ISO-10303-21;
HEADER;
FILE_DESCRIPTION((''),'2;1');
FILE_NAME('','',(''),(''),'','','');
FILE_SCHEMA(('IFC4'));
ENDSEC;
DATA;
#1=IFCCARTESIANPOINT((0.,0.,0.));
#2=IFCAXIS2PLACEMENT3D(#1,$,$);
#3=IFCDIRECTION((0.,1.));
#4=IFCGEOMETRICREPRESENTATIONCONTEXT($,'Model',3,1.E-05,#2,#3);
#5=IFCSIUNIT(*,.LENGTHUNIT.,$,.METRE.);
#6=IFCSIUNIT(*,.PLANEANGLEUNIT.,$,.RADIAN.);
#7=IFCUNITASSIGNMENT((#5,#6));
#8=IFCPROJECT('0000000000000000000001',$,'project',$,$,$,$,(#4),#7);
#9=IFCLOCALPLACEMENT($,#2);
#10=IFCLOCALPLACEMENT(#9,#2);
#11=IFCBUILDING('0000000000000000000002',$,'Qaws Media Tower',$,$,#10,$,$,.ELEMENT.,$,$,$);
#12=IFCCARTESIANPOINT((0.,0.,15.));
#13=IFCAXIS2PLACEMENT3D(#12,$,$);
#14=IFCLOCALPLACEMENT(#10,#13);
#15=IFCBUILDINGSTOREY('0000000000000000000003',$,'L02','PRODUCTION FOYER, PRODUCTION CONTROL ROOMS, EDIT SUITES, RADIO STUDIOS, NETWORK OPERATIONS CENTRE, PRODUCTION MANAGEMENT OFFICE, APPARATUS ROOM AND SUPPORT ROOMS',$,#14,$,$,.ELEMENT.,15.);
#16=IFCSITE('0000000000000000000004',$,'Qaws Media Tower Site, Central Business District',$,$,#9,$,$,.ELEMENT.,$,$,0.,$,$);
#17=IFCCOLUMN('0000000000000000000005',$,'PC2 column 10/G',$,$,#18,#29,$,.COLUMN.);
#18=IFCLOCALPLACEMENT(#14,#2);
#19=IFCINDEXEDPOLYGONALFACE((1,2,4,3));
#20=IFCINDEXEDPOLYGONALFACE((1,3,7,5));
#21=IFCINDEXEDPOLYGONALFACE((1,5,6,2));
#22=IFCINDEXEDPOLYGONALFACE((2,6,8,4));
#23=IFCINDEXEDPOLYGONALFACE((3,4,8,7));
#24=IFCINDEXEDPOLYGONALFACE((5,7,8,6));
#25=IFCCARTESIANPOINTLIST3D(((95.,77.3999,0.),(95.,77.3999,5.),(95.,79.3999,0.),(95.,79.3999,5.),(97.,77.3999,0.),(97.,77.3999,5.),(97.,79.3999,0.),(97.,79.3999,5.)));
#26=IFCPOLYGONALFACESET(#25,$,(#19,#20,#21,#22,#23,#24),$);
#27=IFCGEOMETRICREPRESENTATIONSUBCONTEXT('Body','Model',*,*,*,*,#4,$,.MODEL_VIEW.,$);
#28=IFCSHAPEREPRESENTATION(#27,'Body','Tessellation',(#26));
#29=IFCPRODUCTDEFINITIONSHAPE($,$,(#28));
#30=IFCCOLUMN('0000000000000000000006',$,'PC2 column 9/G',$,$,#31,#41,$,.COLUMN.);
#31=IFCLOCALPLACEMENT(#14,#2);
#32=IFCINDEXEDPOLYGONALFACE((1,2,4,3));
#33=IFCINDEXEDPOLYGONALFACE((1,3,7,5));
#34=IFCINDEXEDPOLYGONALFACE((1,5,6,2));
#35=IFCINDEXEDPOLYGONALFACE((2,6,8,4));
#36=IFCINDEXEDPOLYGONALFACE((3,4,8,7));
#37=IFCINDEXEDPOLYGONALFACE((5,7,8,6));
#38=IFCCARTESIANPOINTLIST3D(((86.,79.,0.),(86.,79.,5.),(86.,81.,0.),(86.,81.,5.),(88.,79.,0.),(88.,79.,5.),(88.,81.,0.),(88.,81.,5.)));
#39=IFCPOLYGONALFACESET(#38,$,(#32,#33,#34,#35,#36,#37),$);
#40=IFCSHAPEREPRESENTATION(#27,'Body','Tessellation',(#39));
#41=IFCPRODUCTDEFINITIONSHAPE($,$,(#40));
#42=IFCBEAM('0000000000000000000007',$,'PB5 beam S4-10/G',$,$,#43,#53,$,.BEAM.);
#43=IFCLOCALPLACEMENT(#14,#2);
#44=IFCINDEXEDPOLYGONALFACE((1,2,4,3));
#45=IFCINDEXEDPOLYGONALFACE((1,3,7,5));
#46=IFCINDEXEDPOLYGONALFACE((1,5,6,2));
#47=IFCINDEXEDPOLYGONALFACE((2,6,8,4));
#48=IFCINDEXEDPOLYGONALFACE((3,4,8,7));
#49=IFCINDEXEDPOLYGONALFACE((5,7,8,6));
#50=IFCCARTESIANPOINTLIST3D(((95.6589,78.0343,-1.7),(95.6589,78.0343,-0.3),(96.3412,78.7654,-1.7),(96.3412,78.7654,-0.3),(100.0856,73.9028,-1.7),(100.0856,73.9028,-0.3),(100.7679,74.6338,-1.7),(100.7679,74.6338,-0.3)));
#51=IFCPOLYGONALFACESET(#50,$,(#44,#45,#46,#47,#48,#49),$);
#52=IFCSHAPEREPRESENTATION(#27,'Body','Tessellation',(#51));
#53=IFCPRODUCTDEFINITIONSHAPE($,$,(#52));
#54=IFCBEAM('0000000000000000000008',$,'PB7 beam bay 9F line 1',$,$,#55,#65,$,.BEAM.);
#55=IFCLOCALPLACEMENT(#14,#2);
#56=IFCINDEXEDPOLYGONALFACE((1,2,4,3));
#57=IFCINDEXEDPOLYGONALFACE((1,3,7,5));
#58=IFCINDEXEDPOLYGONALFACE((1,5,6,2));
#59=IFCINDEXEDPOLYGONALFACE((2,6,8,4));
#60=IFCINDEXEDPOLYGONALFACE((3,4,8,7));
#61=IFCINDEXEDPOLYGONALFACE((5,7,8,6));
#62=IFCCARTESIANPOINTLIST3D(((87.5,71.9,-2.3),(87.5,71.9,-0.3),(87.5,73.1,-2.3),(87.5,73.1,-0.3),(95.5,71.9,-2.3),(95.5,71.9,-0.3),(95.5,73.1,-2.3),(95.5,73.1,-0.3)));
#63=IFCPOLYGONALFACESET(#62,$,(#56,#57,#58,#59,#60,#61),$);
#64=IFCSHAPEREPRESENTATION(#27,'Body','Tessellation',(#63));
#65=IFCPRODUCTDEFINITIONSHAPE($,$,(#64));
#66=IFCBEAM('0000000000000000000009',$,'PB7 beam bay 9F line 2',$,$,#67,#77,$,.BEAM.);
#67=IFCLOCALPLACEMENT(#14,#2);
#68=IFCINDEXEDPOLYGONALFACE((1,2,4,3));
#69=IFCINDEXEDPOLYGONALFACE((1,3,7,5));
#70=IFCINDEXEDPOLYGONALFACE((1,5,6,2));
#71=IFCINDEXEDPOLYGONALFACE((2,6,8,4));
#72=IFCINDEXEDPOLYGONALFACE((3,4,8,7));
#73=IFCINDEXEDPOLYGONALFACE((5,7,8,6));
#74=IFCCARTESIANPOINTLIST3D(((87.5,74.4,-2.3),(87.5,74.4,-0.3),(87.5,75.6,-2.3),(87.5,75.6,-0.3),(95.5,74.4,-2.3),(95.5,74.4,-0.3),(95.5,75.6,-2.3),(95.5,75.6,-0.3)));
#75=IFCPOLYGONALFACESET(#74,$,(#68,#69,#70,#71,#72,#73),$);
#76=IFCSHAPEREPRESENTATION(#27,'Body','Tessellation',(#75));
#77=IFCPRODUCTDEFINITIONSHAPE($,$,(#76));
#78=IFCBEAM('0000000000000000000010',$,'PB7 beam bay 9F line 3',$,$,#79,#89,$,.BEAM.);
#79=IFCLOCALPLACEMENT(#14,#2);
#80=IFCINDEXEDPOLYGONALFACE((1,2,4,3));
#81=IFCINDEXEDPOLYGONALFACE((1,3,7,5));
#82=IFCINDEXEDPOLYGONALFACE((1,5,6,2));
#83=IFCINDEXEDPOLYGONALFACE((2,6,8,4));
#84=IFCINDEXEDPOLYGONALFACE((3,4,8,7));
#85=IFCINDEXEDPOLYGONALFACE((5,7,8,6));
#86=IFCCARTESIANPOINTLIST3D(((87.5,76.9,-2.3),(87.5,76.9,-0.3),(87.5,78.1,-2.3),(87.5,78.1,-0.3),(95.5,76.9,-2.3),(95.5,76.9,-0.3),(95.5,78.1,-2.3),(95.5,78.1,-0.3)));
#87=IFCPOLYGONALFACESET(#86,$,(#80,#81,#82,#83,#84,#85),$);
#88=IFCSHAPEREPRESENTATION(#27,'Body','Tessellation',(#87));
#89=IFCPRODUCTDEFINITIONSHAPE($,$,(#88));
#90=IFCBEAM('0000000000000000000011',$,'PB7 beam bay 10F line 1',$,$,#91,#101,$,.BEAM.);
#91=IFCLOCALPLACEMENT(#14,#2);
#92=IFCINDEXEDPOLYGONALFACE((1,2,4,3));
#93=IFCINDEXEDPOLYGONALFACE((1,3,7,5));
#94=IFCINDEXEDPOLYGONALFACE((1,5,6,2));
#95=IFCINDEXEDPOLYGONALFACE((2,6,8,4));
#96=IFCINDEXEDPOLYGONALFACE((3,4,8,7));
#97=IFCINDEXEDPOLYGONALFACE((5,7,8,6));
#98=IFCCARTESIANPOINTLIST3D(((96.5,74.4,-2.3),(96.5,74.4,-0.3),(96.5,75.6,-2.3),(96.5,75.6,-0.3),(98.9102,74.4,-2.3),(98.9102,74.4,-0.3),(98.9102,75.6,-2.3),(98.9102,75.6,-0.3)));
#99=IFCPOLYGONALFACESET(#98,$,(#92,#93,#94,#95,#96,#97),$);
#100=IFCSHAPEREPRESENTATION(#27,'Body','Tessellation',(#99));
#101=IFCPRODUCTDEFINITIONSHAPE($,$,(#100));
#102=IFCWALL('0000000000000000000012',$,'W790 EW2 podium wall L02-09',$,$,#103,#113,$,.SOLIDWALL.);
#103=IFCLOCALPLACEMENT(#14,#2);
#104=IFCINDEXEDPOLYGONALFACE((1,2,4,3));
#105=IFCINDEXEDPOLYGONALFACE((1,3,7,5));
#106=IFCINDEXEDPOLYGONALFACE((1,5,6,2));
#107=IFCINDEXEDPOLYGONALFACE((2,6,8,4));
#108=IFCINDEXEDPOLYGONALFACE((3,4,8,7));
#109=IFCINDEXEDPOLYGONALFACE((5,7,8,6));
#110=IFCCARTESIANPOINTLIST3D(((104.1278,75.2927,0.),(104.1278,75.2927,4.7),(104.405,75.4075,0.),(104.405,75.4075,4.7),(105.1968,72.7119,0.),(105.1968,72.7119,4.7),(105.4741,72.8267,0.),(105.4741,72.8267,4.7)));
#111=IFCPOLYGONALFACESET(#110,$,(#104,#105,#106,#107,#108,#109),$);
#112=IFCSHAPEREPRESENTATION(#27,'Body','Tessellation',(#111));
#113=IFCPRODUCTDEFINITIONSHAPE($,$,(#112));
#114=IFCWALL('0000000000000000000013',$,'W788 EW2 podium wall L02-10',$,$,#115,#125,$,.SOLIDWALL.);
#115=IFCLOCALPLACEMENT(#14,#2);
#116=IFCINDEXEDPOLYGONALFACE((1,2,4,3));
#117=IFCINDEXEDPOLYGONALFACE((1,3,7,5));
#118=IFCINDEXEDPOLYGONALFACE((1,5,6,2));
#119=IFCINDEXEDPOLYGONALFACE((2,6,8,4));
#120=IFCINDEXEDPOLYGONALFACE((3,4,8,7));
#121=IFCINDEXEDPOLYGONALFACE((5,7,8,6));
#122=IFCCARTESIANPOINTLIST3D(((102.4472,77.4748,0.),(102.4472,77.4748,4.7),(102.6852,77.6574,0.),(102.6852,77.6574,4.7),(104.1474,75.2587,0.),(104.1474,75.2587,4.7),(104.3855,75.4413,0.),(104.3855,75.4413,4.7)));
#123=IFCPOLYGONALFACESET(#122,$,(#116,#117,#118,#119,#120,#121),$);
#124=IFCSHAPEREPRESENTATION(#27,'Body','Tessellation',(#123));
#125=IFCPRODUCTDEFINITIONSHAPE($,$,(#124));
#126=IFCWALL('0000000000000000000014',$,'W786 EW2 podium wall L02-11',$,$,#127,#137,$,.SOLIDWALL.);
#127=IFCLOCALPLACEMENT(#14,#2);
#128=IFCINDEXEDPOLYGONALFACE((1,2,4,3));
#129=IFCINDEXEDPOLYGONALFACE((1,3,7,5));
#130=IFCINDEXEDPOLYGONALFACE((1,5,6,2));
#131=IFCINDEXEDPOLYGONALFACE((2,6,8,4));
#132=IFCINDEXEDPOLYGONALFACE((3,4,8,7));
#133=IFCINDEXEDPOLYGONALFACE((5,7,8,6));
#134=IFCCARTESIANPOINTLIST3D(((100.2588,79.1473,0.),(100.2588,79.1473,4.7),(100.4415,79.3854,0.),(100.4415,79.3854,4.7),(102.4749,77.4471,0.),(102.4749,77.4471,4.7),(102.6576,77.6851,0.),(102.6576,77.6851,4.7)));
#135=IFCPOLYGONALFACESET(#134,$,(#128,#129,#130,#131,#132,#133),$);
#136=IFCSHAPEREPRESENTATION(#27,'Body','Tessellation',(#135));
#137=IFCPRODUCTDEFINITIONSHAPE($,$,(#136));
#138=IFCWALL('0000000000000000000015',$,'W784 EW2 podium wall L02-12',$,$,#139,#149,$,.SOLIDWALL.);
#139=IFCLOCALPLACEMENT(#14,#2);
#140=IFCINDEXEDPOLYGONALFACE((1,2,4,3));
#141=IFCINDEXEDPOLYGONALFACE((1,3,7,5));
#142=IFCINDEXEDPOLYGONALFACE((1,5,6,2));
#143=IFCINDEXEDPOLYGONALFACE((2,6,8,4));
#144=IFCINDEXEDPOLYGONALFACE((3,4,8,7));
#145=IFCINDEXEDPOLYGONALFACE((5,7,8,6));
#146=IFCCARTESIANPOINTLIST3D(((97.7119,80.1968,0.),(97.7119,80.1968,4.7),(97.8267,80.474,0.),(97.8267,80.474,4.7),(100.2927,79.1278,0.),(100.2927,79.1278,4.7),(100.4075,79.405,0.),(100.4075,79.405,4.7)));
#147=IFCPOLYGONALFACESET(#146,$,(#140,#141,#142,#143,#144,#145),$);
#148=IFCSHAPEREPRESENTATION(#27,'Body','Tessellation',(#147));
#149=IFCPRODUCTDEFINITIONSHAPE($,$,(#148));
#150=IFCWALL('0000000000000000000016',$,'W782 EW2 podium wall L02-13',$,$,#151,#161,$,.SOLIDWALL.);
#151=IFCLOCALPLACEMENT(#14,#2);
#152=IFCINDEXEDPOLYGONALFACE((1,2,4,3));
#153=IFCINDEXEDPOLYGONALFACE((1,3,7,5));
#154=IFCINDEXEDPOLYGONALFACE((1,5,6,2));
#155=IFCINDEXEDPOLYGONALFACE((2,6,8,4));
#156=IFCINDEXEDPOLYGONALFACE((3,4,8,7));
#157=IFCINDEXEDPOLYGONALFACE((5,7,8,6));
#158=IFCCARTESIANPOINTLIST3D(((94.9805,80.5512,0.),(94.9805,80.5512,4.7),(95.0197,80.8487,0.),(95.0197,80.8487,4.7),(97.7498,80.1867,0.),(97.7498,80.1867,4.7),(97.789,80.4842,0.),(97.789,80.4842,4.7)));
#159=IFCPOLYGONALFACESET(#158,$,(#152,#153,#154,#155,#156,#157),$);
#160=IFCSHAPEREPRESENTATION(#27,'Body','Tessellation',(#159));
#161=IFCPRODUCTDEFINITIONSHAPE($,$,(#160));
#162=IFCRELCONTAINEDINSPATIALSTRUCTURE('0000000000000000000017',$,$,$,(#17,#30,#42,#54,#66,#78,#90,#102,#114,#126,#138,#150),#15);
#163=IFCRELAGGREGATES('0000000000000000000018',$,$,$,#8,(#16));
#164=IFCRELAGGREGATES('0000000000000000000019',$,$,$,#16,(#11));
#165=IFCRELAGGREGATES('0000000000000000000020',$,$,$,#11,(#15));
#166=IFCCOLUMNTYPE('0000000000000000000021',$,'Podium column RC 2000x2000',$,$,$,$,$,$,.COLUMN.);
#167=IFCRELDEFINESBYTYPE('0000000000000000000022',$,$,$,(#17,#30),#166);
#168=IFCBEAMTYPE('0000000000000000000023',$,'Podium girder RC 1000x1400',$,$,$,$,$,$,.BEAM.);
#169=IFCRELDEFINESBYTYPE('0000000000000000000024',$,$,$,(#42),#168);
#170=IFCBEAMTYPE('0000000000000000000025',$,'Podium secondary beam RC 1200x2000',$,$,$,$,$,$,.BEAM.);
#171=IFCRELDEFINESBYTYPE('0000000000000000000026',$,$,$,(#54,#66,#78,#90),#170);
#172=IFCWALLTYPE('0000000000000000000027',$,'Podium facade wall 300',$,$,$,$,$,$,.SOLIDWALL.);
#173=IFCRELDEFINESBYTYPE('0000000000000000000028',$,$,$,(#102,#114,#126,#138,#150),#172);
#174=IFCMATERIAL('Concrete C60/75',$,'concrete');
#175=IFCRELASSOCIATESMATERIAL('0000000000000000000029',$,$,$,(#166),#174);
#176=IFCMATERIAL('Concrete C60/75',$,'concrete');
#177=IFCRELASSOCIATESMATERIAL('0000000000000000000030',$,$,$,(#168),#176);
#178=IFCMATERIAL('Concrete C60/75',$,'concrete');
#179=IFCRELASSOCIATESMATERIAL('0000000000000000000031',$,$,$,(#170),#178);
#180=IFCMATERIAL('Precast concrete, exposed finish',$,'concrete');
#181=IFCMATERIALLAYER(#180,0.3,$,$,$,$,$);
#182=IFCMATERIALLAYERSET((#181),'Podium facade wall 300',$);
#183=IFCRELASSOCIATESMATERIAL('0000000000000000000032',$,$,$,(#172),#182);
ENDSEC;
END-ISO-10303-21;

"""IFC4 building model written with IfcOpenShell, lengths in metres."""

from ifc_helpers import new_model, si_unit, direction, frame, frame_2d, origin, origin_2d, place, context, subcontext, project, spatial, rectangle, extrude, material, layer, layer_set, material_profile, profile_set, type_object, element, save


model = new_model("IFC4")

# Units and contexts
model_context = context("Model", 3, precision=1e-05, world=origin(), true_north=direction((0.0, 1.0)))
body_context = subcontext(model_context, "Body", "Model", "MODEL_VIEW")
ifc_project = project(units=[si_unit("LENGTHUNIT", "METRE"), si_unit("PLANEANGLEUNIT", "RADIAN")], contexts=[model_context])

# Site, building, storey
site_placement = place(None, origin())
site = spatial("IfcSite", under=ifc_project, at=site_placement, Name="Qaws Media Tower Site, Central Business District", CompositionType="ELEMENT", RefElevation=0.0)
building_placement = place(site_placement, origin())
building = spatial("IfcBuilding", under=site, at=building_placement, Name="Qaws Media Tower", CompositionType="ELEMENT")
storey_placement = place(building_placement, frame((0.0, 0.0, 15.0)))
storey = spatial("IfcBuildingStorey", under=building, at=storey_placement, Name="L02", Description="PRODUCTION FOYER, PRODUCTION CONTROL ROOMS, EDIT SUITES, RADIO STUDIOS, NETWORK OPERATIONS CENTRE, PRODUCTION MANAGEMENT OFFICE, APPARATUS ROOM AND SUPPORT ROOMS", CompositionType="ELEMENT", Elevation=15.0)

# Columns
ifc_material_1 = material(Name="Concrete C60/75", Category="concrete")
ifc_material_profile_1 = material_profile(ifc_material_1, rectangle(XDim=2.0, YDim=2.0, at=origin_2d()), Name="RC 2000x2000")
ifc_profile_set_1 = profile_set([ifc_material_profile_1], Name="Concrete C60/75")
column_type = type_object("IfcColumnType", Name="Podium column RC 2000x2000", PredefinedType="COLUMN", material=ifc_profile_set_1)
for number, where, z_axis, x_axis, name in (
    (1, (96.0, 78.3999, 0.0), (0.0, 0.0, 1.0), (1.0, 0.0, 0.0), "PC2 column 10/G"),
    (2, (87.0, 80.0, 0.0), (0.0, 0.0, 1.0), (1.0, 0.0, 0.0), "PC2 column 9/G"),
):
    element("IfcColumn", number, at=place(storey_placement, frame(where, z_axis=z_axis, x_axis=x_axis)), inside=storey, type_object=column_type, Name=name, PredefinedType="COLUMN", context=body_context, shape_type="SweptSolid", body=[
        extrude(rectangle(XDim=2.0, YDim=2.0, at=origin_2d()), origin(), (0.0, 0.0, 1.0), 5.0),
    ])

# Beams
ifc_material_2 = material(Name="Concrete C60/75", Category="concrete")
ifc_material_profile_2 = material_profile(ifc_material_2, rectangle(XDim=1.0, YDim=1.3999, at=origin_2d()), Name="RC 1000x1400")
ifc_profile_set_2 = profile_set([ifc_material_profile_2], Name="Concrete C60/75")
beam_type_1 = type_object("IfcBeamType", Name="Podium girder RC 1000x1400", PredefinedType="BEAM", material=ifc_profile_set_2)
beam_1_placement = place(storey_placement, frame((100.4268, 74.2683, -1.0), z_axis=(-0.731059, 0.682314, 0.0), x_axis=(-0.682314, -0.731059, 0.0)))
element("IfcBeam", 3, at=beam_1_placement, inside=storey, type_object=beam_type_1, Name="PB5 beam S4-10/G", PredefinedType="BEAM", context=body_context, shape_type="SweptSolid", body=[
    extrude(rectangle(XDim=1.0, YDim=1.3999, at=origin_2d()), origin(), (0.0, 0.0, 1.0), 6.0552),
])
ifc_material_3 = material(Name="Concrete C60/75", Category="concrete")
ifc_material_profile_3 = material_profile(ifc_material_3, rectangle(XDim=1.2, YDim=2.0, at=origin_2d()), Name="RC 1200x2000")
ifc_profile_set_3 = profile_set([ifc_material_profile_3], Name="Concrete C60/75")
beam_type_2 = type_object("IfcBeamType", Name="Podium secondary beam RC 1200x2000", PredefinedType="BEAM", material=ifc_profile_set_3)
for number, where, z_axis, x_axis, name in (
    (4, (87.5, 72.5, -1.3), (1.0, 0.0, 0.0), (0.0, 1.0, 0.0), "PB7 beam bay 9F line 1"),
    (5, (87.5, 75.0, -1.3), (1.0, 0.0, 0.0), (0.0, 1.0, 0.0), "PB7 beam bay 9F line 2"),
    (6, (87.5, 77.5, -1.3), (1.0, 0.0, 0.0), (0.0, 1.0, 0.0), "PB7 beam bay 9F line 3"),
):
    element("IfcBeam", number, at=place(storey_placement, frame(where, z_axis=z_axis, x_axis=x_axis)), inside=storey, type_object=beam_type_2, Name=name, PredefinedType="BEAM", context=body_context, shape_type="SweptSolid", body=[
        extrude(rectangle(XDim=1.2, YDim=2.0, at=origin_2d()), origin(), (0.0, 0.0, 1.0), 8.0),
    ])
beam_2_placement = place(storey_placement, frame((96.5, 75.0, -1.3), z_axis=(1.0, 0.0, 0.0), x_axis=(0.0, 1.0, 0.0)))
element("IfcBeam", 7, at=beam_2_placement, inside=storey, type_object=beam_type_2, Name="PB7 beam bay 10F line 1", PredefinedType="BEAM", context=body_context, shape_type="SweptSolid", body=[
    extrude(rectangle(XDim=1.2, YDim=2.0, at=origin_2d()), origin(), (0.0, 0.0, 1.0), 2.4102),
])

# Walls
ifc_material_4 = material(Name="Precast concrete, exposed finish", Category="concrete")
ifc_layer_1 = layer(ifc_material_4, 0.3)
ifc_layer_set_1 = layer_set([ifc_layer_1], Name="Podium facade wall 300")
wall_type_1 = type_object("IfcWallType", Name="Podium facade wall 300", PredefinedType="SOLIDWALL", material=ifc_layer_set_1)
wall_1_placement = place(storey_placement, frame((105.3354, 72.7693, 0.0), z_axis=(0.0, 0.0, 1.0), x_axis=(-0.382709, 0.923869, 0.0)))
element("IfcWall", 8, at=wall_1_placement, inside=storey, type_object=wall_type_1, Name="W790 EW2 podium wall L02-09", PredefinedType="SOLIDWALL", context=body_context, shape_type="SweptSolid", body=[
    extrude(rectangle(XDim=2.7935, YDim=0.3, at=frame_2d((1.3967, 0.0))), origin(), (0.0, 0.0, 1.0), 4.7),
])
for number, where, z_axis, x_axis, name in (
    (9, (104.2664, 75.3501, 0.0), (0.0, 0.0, 1.0), (-0.608705, 0.793397, 0.0), "W788 EW2 podium wall L02-10"),
    (10, (102.5662, 77.5662, 0.0), (0.0, 0.0, 1.0), (-0.793397, 0.608705, 0.0), "W786 EW2 podium wall L02-11"),
):
    element("IfcWall", number, at=place(storey_placement, frame(where, z_axis=z_axis, x_axis=x_axis)), inside=storey, type_object=wall_type_1, Name=name, PredefinedType="SOLIDWALL", context=body_context, shape_type="SweptSolid", body=[
        extrude(rectangle(XDim=2.7932, YDim=0.3, at=frame_2d((1.3965, 0.0))), origin(), (0.0, 0.0, 1.0), 4.7),
    ])
wall_2_placement = place(storey_placement, frame((100.3501, 79.2664, 0.0), z_axis=(0.0, 0.0, 1.0), x_axis=(-0.923869, 0.382709, 0.0)))
element("IfcWall", 11, at=wall_2_placement, inside=storey, type_object=wall_type_1, Name="W784 EW2 podium wall L02-12", PredefinedType="SOLIDWALL", context=body_context, shape_type="SweptSolid", body=[
    extrude(rectangle(XDim=2.7935, YDim=0.3, at=frame_2d((1.3967, 0.0))), origin(), (0.0, 0.0, 1.0), 4.7),
])
wall_3_placement = place(storey_placement, frame((97.7693, 80.3354, 0.0), z_axis=(0.0, 0.0, 1.0), x_axis=(-0.991449, 0.130497, 0.0)))
element("IfcWall", 12, at=wall_3_placement, inside=storey, type_object=wall_type_1, Name="W782 EW2 podium wall L02-13", PredefinedType="SOLIDWALL", context=body_context, shape_type="SweptSolid", body=[
    extrude(rectangle(XDim=2.7932, YDim=0.3, at=frame_2d((1.3965, 0.0))), origin(), (0.0, 0.0, 1.0), 4.7),
])

save(model, "model.ifc")
